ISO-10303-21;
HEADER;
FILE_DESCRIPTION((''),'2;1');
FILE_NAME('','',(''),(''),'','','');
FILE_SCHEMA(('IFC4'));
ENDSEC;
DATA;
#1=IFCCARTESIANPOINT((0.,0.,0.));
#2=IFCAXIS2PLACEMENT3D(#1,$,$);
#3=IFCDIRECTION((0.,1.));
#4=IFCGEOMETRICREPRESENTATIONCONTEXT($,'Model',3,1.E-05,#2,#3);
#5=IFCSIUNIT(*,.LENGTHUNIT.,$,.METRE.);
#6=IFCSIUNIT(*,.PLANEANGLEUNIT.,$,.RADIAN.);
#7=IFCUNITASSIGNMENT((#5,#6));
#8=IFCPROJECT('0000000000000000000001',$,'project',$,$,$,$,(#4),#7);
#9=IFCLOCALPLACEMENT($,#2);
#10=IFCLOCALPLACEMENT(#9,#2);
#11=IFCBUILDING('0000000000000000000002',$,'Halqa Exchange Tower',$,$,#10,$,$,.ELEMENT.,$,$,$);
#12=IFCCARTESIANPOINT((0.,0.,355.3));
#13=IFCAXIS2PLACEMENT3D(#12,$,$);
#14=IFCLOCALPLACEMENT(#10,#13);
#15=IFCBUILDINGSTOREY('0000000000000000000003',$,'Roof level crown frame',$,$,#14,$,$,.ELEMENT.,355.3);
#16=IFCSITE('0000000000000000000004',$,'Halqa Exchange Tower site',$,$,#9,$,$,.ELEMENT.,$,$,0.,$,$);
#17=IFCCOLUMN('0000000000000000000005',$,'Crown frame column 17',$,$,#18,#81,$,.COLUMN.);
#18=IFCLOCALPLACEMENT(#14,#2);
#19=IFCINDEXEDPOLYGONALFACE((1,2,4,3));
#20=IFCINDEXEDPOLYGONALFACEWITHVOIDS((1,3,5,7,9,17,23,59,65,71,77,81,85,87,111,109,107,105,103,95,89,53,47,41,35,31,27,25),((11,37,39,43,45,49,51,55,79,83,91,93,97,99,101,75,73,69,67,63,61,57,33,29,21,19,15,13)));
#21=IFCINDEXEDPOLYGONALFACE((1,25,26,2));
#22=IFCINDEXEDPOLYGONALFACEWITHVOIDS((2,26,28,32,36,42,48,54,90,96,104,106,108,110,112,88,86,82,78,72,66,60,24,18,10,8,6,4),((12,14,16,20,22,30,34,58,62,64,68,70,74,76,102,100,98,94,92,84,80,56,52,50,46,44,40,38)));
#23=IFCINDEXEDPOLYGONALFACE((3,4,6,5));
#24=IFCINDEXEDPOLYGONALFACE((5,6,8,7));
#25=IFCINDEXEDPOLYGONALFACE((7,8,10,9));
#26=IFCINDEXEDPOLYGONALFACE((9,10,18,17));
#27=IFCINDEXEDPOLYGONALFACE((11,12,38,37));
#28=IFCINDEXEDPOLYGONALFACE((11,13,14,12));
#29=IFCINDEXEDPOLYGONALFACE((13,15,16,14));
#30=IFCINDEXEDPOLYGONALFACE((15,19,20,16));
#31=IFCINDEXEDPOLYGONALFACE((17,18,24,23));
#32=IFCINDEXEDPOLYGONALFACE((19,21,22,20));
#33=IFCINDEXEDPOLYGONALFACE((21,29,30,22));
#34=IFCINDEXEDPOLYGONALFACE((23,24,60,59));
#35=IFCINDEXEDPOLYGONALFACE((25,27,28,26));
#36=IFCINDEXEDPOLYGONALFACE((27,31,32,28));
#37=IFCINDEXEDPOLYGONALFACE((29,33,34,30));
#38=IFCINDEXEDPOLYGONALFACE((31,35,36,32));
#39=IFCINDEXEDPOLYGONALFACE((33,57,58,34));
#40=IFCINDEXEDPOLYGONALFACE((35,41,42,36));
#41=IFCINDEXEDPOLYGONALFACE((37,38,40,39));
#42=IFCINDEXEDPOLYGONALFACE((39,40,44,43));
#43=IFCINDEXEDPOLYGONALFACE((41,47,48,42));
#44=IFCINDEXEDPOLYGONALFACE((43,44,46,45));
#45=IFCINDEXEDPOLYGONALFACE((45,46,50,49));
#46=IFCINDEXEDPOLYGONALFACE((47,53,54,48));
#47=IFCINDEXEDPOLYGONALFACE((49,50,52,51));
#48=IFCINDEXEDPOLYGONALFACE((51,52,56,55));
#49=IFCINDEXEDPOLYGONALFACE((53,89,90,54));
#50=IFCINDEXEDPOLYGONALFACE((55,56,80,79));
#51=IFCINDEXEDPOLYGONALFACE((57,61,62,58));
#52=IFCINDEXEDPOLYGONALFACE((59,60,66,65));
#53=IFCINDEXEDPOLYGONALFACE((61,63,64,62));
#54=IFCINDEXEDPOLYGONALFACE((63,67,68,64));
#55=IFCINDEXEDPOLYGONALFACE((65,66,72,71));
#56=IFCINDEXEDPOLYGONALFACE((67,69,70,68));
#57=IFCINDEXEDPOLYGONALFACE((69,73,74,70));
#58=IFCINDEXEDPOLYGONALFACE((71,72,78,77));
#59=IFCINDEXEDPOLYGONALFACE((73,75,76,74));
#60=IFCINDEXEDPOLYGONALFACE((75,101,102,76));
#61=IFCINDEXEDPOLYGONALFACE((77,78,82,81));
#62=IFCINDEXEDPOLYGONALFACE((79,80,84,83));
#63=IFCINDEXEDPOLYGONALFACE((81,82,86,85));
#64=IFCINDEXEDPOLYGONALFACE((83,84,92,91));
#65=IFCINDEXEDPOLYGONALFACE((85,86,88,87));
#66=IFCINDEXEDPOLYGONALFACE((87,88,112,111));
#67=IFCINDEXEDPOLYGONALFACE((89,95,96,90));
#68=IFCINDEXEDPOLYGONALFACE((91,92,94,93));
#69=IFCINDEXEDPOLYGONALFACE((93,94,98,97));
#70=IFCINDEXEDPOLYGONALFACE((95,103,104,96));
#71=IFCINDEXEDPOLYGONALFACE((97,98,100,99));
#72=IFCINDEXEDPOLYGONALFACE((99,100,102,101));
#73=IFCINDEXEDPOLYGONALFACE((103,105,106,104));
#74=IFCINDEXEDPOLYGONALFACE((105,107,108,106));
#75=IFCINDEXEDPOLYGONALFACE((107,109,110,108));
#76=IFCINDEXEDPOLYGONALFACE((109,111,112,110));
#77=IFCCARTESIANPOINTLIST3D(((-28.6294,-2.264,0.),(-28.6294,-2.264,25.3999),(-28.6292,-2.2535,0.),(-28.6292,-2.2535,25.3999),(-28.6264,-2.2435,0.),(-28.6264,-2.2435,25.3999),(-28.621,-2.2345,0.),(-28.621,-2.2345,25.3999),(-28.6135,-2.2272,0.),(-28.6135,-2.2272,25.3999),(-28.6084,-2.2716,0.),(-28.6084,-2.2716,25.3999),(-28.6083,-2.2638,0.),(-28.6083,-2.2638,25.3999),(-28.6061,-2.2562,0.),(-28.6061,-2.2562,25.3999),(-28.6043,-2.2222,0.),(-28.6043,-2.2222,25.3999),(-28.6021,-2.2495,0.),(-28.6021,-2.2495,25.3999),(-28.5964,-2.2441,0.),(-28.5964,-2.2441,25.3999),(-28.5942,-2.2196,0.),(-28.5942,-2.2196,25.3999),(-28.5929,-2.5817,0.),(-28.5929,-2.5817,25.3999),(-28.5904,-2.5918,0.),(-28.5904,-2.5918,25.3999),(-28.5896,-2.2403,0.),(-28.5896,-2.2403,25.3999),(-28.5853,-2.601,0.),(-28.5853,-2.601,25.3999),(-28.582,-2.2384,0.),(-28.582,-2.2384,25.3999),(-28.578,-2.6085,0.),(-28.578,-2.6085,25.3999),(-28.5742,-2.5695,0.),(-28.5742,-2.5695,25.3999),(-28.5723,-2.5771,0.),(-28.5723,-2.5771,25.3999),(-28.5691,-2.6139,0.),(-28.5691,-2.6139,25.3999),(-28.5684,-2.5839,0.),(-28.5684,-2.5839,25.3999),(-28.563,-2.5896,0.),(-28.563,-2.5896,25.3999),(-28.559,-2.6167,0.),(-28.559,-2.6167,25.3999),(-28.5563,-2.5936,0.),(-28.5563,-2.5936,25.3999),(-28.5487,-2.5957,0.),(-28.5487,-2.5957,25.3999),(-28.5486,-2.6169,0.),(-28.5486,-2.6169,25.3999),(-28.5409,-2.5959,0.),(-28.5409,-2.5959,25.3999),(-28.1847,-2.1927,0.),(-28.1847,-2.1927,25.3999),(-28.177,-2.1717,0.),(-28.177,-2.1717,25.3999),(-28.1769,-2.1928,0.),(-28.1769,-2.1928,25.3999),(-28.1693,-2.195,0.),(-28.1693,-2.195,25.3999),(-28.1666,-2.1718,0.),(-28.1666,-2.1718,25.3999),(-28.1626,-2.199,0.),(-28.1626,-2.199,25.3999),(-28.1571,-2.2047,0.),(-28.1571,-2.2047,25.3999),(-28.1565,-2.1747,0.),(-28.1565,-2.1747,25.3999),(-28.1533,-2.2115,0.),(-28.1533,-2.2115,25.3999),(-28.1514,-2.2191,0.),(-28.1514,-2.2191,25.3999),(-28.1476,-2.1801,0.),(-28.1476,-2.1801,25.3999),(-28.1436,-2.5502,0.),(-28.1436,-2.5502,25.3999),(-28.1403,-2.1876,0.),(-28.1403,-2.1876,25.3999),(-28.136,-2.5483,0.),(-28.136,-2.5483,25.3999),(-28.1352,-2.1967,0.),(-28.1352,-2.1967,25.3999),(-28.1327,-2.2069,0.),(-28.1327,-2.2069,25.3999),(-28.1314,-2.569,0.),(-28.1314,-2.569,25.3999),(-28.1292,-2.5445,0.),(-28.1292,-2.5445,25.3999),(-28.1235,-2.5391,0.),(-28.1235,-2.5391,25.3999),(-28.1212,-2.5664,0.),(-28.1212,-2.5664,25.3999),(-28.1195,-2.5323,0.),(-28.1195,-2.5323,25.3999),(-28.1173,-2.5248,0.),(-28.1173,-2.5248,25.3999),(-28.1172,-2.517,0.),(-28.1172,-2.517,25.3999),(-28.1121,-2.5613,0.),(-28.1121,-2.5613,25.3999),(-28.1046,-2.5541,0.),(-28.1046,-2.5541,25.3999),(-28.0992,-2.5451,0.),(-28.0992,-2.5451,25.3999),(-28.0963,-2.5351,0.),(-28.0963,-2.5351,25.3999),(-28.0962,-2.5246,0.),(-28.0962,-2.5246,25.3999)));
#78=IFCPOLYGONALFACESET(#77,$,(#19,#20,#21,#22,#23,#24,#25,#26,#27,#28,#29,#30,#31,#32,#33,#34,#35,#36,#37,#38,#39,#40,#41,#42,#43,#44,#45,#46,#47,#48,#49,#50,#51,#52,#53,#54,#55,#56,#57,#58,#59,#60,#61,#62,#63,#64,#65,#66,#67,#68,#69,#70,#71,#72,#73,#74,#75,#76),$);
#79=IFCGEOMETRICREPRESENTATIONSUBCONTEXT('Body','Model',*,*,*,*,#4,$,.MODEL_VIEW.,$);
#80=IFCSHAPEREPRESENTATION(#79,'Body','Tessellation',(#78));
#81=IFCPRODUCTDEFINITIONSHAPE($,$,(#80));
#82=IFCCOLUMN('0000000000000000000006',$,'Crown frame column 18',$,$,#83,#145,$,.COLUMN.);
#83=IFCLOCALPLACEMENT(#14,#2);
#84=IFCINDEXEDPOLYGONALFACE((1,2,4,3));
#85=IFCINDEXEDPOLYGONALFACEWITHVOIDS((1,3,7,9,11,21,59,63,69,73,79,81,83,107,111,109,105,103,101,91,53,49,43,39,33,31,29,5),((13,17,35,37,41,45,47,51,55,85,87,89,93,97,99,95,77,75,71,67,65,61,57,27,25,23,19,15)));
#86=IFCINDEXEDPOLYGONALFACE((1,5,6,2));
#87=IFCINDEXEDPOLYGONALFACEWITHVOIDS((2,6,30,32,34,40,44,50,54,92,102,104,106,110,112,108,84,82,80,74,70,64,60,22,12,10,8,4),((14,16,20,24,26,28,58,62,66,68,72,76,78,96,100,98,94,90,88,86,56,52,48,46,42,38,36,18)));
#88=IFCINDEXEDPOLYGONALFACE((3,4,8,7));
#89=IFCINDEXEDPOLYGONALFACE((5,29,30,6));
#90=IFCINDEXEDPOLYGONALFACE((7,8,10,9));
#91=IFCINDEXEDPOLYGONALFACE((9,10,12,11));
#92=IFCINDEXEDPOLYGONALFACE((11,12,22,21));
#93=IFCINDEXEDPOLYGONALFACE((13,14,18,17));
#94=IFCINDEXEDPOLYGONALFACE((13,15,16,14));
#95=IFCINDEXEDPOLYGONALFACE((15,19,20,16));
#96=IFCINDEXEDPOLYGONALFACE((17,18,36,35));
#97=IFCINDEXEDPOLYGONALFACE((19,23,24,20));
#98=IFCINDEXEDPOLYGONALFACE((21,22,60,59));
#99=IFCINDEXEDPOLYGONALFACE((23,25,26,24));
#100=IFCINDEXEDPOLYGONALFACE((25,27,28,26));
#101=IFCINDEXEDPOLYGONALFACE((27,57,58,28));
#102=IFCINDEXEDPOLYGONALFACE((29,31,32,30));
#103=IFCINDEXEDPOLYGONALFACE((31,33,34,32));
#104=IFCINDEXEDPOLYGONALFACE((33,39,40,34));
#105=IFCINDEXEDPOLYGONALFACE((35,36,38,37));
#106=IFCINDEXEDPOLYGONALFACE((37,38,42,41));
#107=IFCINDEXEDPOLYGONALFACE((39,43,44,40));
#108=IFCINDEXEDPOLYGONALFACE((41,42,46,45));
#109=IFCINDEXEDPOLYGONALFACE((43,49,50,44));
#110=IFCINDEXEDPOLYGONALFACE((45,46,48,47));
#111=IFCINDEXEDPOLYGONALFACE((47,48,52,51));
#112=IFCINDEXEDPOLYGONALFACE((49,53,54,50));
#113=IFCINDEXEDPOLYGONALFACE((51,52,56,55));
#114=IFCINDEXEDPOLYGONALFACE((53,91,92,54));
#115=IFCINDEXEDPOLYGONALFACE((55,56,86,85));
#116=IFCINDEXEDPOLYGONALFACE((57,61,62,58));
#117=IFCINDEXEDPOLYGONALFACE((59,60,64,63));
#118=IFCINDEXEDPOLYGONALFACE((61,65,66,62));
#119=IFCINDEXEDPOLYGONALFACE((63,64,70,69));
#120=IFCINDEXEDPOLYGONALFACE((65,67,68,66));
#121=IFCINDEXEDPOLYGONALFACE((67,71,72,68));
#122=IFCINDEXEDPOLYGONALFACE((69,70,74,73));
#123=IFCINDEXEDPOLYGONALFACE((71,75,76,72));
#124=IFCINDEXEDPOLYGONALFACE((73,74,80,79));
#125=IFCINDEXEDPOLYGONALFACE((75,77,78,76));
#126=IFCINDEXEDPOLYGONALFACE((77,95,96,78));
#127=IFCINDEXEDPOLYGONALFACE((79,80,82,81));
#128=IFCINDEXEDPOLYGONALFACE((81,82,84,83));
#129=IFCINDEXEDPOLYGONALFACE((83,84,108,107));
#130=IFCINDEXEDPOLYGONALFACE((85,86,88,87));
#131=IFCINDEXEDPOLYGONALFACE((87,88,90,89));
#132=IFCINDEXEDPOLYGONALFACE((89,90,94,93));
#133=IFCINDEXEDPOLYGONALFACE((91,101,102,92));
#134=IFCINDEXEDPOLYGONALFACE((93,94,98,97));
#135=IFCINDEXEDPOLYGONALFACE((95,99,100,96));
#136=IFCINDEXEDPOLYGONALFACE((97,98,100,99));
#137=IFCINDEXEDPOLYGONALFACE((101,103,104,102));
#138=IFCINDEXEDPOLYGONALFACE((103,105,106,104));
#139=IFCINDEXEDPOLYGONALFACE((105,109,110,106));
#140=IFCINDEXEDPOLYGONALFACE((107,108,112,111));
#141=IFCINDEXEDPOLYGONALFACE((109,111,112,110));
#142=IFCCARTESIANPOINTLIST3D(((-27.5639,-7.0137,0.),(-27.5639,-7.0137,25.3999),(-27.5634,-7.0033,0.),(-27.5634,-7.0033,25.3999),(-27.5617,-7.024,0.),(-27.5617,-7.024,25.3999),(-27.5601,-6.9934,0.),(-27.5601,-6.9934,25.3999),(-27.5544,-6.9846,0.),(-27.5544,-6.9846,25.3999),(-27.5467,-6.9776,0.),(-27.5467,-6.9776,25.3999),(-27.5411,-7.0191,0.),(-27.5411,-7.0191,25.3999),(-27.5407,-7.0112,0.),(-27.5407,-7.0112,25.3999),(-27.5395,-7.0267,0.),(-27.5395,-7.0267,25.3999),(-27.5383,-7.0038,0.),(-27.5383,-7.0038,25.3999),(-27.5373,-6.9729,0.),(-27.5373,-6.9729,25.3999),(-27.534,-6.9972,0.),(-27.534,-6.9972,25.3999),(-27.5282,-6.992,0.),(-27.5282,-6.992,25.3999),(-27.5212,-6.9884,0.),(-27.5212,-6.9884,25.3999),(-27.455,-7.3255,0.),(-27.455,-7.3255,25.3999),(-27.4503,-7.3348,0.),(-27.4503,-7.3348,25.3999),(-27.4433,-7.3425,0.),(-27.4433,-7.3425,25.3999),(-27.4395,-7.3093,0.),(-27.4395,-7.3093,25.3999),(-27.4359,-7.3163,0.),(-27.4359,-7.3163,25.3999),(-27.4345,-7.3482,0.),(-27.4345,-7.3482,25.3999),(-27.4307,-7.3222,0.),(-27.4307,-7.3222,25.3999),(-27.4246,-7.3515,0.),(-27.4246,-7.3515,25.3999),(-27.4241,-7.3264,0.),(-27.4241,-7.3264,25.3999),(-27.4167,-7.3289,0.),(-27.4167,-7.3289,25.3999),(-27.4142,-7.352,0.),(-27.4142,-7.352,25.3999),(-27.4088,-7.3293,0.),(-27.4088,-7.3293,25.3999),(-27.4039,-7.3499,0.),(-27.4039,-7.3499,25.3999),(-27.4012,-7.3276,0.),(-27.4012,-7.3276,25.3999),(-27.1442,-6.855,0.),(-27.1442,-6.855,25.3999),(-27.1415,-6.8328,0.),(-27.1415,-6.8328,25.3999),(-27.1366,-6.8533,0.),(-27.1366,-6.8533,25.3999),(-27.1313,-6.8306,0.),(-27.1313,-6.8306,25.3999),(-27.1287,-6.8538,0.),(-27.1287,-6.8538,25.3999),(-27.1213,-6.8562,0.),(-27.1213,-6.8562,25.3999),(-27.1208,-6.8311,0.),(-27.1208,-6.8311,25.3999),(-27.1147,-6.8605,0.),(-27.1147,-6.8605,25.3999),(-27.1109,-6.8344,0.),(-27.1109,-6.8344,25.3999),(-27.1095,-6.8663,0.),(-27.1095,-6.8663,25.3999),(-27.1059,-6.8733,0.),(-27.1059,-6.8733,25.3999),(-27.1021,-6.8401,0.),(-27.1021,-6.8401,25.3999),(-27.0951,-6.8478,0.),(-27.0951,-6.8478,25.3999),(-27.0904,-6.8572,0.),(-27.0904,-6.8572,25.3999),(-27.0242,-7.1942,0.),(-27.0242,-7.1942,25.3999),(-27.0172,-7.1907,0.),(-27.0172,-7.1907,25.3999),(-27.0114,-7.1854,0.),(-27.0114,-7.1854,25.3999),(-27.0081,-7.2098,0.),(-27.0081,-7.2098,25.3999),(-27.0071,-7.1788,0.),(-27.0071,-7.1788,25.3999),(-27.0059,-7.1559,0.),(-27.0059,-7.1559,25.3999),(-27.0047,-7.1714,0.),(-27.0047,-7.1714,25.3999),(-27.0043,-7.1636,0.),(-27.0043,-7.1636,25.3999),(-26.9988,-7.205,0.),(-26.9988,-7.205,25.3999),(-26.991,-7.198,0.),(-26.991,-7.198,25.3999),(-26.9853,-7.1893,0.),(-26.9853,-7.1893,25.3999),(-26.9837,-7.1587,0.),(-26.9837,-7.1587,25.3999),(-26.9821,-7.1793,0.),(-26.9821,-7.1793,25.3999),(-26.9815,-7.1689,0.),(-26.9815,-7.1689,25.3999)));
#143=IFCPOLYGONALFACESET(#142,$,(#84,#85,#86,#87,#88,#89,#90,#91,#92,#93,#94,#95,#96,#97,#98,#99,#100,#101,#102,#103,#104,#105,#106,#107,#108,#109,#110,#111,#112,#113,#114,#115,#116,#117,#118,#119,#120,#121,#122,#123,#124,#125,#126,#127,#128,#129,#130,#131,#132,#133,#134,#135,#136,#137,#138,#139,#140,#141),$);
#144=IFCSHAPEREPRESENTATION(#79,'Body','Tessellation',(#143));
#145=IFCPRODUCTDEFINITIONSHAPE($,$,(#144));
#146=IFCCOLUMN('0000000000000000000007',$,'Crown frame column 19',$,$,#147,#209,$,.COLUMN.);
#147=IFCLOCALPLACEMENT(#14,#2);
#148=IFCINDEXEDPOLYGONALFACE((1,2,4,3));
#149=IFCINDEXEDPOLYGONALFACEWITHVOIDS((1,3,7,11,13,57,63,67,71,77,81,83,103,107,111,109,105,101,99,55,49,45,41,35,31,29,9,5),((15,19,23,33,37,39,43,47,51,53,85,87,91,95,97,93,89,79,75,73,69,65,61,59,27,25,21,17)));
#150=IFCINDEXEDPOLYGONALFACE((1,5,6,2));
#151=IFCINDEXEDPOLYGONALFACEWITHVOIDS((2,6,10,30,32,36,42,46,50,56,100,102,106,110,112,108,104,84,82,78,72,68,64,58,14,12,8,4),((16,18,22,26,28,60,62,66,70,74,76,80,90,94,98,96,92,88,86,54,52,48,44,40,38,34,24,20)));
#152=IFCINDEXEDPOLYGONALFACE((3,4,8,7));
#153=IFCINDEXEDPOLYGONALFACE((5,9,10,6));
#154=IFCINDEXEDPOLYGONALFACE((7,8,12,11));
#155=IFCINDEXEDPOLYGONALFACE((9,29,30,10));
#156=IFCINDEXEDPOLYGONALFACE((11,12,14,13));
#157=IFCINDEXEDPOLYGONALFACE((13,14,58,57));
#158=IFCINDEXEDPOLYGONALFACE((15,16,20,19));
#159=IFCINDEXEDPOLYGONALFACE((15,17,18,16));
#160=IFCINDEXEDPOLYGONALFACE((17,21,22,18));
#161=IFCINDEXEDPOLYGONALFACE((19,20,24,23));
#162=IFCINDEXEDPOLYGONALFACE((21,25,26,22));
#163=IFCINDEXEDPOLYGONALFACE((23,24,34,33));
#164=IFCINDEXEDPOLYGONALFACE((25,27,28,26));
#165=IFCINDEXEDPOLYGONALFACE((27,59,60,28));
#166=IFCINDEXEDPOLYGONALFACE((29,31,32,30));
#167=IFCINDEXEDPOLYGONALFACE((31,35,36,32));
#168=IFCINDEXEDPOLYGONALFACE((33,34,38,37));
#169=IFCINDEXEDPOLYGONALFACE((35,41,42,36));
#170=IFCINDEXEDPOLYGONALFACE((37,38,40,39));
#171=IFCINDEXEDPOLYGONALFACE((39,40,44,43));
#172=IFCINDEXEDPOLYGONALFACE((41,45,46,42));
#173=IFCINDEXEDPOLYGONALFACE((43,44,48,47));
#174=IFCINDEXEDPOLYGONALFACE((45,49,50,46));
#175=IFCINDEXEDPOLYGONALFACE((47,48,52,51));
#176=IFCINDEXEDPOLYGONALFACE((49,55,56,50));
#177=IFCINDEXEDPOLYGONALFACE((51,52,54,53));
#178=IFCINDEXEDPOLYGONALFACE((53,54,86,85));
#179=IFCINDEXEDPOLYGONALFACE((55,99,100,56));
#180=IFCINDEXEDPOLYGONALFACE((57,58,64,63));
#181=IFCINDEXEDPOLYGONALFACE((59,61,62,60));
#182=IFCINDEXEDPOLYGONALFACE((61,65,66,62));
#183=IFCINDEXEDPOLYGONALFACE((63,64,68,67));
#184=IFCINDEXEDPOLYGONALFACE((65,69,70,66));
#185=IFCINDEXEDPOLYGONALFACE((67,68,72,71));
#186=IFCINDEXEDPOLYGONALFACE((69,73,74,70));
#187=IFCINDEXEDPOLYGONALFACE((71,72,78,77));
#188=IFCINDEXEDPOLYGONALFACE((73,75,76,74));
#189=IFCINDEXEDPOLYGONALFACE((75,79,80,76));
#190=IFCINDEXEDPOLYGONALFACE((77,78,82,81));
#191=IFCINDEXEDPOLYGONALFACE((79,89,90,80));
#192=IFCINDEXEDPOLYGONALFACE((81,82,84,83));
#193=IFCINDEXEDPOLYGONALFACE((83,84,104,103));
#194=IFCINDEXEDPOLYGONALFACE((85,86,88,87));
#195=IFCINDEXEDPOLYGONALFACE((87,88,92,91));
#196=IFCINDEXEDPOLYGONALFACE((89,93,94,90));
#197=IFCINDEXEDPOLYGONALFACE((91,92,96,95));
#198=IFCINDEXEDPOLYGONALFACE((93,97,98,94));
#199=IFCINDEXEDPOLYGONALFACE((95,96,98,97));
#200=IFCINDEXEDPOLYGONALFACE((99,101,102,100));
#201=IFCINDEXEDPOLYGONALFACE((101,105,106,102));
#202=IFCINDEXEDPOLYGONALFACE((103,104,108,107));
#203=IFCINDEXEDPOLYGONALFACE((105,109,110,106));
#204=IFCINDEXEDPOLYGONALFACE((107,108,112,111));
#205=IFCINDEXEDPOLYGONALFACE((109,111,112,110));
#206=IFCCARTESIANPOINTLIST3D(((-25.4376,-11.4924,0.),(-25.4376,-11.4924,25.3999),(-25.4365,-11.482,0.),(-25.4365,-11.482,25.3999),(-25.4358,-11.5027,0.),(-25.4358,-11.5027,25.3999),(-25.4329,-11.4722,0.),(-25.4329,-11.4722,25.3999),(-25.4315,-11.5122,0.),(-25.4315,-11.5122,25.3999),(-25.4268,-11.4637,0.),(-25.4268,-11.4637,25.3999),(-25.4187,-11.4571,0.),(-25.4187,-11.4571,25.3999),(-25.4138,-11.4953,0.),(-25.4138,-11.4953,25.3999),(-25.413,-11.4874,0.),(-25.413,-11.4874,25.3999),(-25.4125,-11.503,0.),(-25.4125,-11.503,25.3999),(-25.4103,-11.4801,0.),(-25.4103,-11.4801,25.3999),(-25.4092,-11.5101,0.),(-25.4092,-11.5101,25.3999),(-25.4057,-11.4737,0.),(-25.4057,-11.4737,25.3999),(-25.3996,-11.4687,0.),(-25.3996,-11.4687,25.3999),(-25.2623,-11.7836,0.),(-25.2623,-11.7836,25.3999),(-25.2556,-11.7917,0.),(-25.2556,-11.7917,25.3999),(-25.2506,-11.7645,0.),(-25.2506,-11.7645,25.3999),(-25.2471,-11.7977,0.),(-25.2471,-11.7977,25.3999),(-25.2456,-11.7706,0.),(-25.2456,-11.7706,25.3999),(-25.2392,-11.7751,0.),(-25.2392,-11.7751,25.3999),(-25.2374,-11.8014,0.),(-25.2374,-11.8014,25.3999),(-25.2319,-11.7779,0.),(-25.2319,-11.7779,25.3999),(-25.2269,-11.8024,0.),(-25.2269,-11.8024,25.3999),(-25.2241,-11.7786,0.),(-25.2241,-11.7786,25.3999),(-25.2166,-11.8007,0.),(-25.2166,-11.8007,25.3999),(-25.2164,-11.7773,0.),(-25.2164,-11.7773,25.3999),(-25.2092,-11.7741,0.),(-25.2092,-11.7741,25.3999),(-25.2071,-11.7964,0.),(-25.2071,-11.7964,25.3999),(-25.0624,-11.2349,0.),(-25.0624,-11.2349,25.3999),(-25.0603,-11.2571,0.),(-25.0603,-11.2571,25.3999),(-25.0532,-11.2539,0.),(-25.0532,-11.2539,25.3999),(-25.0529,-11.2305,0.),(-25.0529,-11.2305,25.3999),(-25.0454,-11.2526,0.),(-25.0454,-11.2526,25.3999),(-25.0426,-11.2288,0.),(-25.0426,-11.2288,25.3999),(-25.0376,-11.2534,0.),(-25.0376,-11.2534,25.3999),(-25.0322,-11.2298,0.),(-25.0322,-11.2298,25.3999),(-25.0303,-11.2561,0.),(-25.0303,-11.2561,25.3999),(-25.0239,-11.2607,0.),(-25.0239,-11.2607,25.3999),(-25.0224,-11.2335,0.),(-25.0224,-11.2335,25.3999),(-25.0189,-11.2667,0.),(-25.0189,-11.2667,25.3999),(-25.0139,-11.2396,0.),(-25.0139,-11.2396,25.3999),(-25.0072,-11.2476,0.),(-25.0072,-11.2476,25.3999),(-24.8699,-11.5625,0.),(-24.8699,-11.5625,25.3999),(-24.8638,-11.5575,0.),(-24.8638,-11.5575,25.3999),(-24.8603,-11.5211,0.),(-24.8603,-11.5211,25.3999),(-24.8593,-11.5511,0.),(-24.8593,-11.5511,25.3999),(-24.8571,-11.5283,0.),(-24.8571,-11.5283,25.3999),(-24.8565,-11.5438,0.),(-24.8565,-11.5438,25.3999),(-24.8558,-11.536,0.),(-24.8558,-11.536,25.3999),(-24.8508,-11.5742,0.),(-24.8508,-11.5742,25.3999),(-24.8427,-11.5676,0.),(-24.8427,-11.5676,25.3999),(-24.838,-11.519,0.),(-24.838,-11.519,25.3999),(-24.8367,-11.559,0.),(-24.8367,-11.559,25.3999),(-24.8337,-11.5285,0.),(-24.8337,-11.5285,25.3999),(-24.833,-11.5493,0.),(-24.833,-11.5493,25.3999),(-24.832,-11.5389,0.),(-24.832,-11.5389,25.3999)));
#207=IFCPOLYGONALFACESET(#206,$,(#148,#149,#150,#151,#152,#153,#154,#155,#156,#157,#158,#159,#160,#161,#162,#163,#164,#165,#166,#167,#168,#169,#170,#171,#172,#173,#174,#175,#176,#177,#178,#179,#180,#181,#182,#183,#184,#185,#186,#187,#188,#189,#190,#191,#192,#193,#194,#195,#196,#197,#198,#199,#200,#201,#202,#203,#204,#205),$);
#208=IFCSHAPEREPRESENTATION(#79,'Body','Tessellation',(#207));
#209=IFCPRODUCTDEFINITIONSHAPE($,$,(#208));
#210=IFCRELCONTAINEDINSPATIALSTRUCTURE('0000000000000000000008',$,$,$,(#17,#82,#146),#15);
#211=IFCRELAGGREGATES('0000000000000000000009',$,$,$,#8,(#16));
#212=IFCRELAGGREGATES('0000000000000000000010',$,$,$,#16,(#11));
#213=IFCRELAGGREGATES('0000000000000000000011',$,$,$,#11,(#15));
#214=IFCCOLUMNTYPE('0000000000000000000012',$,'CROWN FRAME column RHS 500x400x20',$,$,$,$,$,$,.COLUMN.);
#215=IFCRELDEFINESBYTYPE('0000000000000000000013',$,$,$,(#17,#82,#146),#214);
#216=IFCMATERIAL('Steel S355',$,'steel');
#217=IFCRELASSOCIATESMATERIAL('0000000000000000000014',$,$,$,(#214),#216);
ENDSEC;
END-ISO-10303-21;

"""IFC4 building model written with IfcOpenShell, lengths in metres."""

from ifc_helpers import new_model, si_unit, direction, frame, origin, origin_2d, place, context, subcontext, project, spatial, hollow_rectangle, extrude, material, material_profile, profile_set, type_object, element, save


model = new_model("IFC4")

# Units and contexts
model_context = context("Model", 3, precision=1e-05, world=origin(), true_north=direction((0.0, 1.0)))
body_context = subcontext(model_context, "Body", "Model", "MODEL_VIEW")
ifc_project = project(units=[si_unit("LENGTHUNIT", "METRE"), si_unit("PLANEANGLEUNIT", "RADIAN")], contexts=[model_context])

# Site, building, storey
site_placement = place(None, origin())
site = spatial("IfcSite", under=ifc_project, at=site_placement, Name="Halqa Exchange Tower site", CompositionType="ELEMENT", RefElevation=0.0)
building_placement = place(site_placement, origin())
building = spatial("IfcBuilding", under=site, at=building_placement, Name="Halqa Exchange Tower", CompositionType="ELEMENT")
storey_placement = place(building_placement, frame((0.0, 0.0, 355.3)))
storey = spatial("IfcBuildingStorey", under=building, at=storey_placement, Name="Roof level crown frame", CompositionType="ELEMENT", Elevation=355.3)

# Columns
ifc_material_1 = material(Name="Steel S355", Category="steel")
ifc_material_profile_1 = material_profile(ifc_material_1, hollow_rectangle(XDim=0.3999, YDim=0.5, WallThickness=0.02, InnerFilletRadius=0.03, OuterFilletRadius=0.04, at=origin_2d()), Name="RHS 500x400x20")
ifc_profile_set_1 = profile_set([ifc_material_profile_1], Name="Steel S355")
column_type = type_object("IfcColumnType", Name="CROWN FRAME column RHS 500x400x20", PredefinedType="COLUMN", material=ifc_profile_set_1)
for number, where, z_axis, x_axis, name in (
    (1, (-28.3628, -2.3943, 0.0), (0.0, 0.0, 1.0), (0.11416, -0.993462, 0.0), "Crown frame column 17"),
    (2, (-27.2727, -7.0913, 0.0), (0.0, 0.0, 1.0), (0.333624, -0.942706, 0.0), "Crown frame column 18"),
    (3, (-25.1348, -11.5156, 0.0), (0.0, 0.0, 1.0), (0.52914, -0.848534, 0.0), "Crown frame column 19"),
):
    element("IfcColumn", number, at=place(storey_placement, frame(where, z_axis=z_axis, x_axis=x_axis)), inside=storey, type_object=column_type, Name=name, PredefinedType="COLUMN", context=body_context, shape_type="SweptSolid", body=[
        extrude(hollow_rectangle(XDim=0.3999, YDim=0.5, WallThickness=0.02, InnerFilletRadius=0.03, OuterFilletRadius=0.04, at=origin_2d()), origin(), (0.0, 0.0, 1.0), 25.3999),
    ])

save(model, "model.ifc")
